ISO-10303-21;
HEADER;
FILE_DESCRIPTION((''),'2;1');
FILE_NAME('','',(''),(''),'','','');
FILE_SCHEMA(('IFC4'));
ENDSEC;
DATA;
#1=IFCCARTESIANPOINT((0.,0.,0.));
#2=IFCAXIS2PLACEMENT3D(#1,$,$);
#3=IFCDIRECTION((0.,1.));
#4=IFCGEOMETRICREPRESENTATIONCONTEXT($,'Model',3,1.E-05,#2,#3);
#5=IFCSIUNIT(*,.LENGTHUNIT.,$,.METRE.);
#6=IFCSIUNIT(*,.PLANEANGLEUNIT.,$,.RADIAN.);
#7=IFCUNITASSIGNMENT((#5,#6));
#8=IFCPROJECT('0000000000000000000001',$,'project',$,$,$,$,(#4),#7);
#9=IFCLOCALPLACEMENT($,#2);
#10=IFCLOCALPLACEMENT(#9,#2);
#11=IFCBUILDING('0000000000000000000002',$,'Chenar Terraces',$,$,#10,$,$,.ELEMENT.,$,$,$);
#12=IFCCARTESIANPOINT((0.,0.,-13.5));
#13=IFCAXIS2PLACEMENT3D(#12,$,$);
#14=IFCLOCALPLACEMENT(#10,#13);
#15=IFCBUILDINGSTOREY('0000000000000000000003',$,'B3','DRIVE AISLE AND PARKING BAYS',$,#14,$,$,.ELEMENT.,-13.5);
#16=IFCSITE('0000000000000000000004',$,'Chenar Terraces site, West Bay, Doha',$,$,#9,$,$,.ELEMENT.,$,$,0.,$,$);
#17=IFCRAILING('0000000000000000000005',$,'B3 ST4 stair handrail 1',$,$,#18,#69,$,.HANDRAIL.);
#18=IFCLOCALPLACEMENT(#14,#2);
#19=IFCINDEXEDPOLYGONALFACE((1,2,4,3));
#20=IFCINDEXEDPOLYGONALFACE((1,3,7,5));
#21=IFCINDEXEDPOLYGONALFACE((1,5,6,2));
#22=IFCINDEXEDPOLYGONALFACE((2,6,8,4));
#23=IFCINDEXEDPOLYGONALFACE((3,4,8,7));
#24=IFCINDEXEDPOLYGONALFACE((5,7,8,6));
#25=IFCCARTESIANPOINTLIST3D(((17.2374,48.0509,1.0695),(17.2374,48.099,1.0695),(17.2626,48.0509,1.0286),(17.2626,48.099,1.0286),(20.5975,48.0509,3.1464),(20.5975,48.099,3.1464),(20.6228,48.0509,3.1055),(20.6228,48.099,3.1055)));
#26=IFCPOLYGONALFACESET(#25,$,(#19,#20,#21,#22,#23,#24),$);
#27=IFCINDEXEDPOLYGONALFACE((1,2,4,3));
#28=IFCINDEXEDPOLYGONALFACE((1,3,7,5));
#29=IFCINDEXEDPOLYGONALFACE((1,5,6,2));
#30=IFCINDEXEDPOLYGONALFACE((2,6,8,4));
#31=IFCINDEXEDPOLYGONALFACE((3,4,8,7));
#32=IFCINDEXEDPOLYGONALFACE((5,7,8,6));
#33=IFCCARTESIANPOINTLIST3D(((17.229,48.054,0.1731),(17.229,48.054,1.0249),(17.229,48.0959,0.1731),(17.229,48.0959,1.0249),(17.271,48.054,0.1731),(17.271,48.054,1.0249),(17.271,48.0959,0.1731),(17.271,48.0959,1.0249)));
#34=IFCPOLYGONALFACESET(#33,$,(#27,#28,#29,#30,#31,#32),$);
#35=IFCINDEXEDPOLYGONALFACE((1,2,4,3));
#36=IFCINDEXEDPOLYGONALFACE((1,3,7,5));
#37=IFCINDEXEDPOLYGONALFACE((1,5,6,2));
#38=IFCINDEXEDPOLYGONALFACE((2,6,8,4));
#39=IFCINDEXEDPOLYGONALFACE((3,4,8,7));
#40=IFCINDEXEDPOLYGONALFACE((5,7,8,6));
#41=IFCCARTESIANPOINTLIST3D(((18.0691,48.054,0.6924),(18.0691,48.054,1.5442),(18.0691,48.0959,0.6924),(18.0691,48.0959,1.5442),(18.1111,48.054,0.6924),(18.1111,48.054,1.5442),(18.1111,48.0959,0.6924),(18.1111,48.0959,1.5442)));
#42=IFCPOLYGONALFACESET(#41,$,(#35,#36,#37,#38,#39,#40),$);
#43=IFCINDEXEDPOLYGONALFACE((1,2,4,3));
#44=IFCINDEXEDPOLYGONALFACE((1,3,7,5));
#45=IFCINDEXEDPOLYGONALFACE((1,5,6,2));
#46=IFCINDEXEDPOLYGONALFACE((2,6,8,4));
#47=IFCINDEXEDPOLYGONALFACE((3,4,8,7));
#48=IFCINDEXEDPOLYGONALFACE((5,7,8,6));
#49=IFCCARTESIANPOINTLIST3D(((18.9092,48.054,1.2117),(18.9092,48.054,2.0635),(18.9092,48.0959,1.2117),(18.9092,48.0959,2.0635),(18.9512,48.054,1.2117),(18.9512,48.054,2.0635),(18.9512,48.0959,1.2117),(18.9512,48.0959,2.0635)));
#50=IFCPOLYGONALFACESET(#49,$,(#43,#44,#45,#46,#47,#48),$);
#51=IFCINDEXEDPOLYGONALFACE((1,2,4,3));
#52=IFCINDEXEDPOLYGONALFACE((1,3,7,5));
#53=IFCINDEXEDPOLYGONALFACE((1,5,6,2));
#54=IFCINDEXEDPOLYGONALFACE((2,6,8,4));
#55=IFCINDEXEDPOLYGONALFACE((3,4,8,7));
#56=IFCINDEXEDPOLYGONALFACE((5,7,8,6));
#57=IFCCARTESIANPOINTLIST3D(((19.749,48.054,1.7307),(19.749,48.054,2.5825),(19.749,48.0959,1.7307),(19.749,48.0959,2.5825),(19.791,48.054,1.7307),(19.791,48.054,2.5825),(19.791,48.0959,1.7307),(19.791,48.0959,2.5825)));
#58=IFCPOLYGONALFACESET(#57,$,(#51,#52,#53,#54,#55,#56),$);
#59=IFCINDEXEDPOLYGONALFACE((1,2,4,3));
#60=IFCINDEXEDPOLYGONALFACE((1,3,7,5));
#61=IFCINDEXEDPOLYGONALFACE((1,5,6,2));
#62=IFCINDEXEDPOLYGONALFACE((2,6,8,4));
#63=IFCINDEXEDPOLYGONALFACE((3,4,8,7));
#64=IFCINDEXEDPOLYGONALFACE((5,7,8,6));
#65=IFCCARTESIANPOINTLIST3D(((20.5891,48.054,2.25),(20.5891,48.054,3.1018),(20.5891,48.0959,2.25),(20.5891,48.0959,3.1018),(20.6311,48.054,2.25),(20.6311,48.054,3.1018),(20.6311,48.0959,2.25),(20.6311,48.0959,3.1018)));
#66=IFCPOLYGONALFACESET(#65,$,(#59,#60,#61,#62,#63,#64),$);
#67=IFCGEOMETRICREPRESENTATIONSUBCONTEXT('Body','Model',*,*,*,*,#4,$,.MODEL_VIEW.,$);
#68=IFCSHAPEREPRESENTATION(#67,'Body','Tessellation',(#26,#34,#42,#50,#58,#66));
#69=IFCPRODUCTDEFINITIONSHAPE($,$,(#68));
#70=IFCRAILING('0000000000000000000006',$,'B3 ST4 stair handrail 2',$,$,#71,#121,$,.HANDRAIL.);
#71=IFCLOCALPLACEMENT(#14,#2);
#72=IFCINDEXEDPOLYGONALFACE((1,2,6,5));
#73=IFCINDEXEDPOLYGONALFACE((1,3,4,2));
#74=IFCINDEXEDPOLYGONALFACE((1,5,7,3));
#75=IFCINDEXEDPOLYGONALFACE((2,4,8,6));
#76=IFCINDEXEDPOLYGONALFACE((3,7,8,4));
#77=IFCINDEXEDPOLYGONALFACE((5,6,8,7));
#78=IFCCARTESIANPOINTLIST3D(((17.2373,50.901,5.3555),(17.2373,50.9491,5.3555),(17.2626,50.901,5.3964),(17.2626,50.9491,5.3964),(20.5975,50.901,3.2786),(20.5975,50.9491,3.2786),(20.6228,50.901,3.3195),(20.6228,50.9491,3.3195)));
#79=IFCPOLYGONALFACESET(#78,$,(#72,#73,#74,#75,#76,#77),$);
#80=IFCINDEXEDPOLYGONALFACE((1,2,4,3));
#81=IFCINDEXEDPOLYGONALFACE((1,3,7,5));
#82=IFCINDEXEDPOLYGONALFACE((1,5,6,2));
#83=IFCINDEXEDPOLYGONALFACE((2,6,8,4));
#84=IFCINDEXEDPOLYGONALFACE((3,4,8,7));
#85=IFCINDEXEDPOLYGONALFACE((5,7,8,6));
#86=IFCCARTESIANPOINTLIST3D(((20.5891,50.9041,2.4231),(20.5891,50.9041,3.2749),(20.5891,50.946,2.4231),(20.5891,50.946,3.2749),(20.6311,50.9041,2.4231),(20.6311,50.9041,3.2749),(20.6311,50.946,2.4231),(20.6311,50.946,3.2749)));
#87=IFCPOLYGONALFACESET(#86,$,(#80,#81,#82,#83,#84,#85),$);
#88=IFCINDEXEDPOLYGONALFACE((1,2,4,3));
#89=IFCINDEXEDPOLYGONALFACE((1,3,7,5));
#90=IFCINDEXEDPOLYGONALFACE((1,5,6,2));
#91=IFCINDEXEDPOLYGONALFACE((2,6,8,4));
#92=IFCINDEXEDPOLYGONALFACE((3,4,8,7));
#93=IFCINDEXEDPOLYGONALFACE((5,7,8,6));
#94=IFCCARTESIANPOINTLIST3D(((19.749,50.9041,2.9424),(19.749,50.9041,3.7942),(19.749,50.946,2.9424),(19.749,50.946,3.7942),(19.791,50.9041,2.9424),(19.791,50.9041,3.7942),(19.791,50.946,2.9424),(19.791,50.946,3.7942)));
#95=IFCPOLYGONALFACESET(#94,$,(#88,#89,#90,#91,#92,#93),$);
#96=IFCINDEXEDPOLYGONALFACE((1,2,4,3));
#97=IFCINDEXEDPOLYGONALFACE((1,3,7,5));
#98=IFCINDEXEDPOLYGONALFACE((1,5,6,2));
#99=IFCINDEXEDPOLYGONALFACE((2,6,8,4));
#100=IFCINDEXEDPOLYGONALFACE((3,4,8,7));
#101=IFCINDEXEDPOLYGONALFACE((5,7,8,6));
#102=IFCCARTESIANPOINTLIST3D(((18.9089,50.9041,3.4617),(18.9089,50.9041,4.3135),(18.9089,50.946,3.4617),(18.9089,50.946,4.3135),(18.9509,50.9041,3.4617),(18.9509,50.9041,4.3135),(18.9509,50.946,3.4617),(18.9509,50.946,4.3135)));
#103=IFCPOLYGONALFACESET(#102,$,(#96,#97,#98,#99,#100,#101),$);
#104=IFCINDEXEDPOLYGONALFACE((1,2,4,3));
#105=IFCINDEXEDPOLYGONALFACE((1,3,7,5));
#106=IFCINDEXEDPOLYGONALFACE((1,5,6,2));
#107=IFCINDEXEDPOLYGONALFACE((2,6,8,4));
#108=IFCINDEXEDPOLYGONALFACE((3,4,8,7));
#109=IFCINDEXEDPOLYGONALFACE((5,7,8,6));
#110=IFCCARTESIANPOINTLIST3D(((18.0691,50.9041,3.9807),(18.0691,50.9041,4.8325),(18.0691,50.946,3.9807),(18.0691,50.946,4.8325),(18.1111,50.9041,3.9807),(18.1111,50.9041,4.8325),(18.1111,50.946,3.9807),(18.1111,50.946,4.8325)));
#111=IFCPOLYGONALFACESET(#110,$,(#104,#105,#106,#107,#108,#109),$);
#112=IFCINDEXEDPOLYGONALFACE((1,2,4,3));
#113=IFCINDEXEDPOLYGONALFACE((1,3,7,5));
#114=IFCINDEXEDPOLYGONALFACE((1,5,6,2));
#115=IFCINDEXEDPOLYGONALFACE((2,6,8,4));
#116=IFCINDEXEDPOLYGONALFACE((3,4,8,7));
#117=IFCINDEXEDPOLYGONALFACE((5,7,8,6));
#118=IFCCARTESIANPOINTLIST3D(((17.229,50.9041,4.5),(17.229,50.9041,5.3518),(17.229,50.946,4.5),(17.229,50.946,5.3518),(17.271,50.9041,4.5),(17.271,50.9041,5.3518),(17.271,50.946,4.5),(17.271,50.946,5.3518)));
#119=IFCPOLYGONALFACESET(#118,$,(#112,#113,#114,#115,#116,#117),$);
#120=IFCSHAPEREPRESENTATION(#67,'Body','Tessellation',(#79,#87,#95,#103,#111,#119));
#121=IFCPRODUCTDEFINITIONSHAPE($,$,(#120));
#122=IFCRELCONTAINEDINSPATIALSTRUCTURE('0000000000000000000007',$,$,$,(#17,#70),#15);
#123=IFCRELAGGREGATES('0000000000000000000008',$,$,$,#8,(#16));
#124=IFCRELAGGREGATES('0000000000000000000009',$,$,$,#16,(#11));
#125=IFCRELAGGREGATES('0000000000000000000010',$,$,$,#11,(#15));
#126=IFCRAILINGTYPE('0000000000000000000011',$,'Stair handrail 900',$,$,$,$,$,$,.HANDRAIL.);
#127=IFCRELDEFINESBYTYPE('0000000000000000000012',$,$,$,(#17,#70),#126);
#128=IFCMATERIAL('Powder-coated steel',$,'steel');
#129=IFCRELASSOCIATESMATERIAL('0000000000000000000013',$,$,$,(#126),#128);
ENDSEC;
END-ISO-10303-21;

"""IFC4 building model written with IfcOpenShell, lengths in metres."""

from ifc_helpers import new_model, si_unit, direction, frame, origin, origin_2d, place, context, subcontext, project, spatial, rectangle, extrude, material, type_object, element, save


model = new_model("IFC4")

# Units and contexts
model_context = context("Model", 3, precision=1e-05, world=origin(), true_north=direction((0.0, 1.0)))
body_context = subcontext(model_context, "Body", "Model", "MODEL_VIEW")
ifc_project = project(units=[si_unit("LENGTHUNIT", "METRE"), si_unit("PLANEANGLEUNIT", "RADIAN")], contexts=[model_context])

# Site, building, storey
site_placement = place(None, origin())
site = spatial("IfcSite", under=ifc_project, at=site_placement, Name="Chenar Terraces site, West Bay, Doha", CompositionType="ELEMENT", RefElevation=0.0)
building_placement = place(site_placement, origin())
building = spatial("IfcBuilding", under=site, at=building_placement, Name="Chenar Terraces", CompositionType="ELEMENT")
storey_placement = place(building_placement, frame((0.0, 0.0, -13.5)))
storey = spatial("IfcBuildingStorey", under=building, at=storey_placement, Name="B3", Description="DRIVE AISLE AND PARKING BAYS", CompositionType="ELEMENT", Elevation=-13.5)

# Railings
ifc_material_1 = material(Name="Powder-coated steel", Category="steel")
railing_type_1 = type_object("IfcRailingType", Name="Stair handrail 900", PredefinedType="HANDRAIL", material=ifc_material_1)
railing_1_placement = place(storey_placement, frame((17.25, 48.075, 0.1731)))
element("IfcRailing", 1, at=railing_1_placement, inside=storey, type_object=railing_type_1, Name="B3 ST4 stair handrail 1", PredefinedType="HANDRAIL", context=body_context, shape_type="SweptSolid", body=[
    extrude(rectangle(XDim=0.0481, YDim=0.0481, at=origin_2d()), frame((0.0, 0.0, 0.876), z_axis=(0.850623, 0.0, 0.525776), x_axis=(0.0, 1.0, 0.0)), (0.0, 0.0, 1.0), 3.9502),
    extrude(rectangle(XDim=0.042, YDim=0.042, at=origin_2d()), origin(), (0.0, 0.0, 1.0), 0.8518),
    extrude(rectangle(XDim=0.042, YDim=0.042, at=origin_2d()), frame((0.8401, 0.0, 0.5193)), (0.0, 0.0, 1.0), 0.8518),
    extrude(rectangle(XDim=0.042, YDim=0.042, at=origin_2d()), frame((1.6802, 0.0, 1.0386)), (0.0, 0.0, 1.0), 0.8518),
    extrude(rectangle(XDim=0.042, YDim=0.042, at=origin_2d()), frame((2.52, 0.0, 1.5576)), (0.0, 0.0, 1.0), 0.8518),
    extrude(rectangle(XDim=0.042, YDim=0.042, at=origin_2d()), frame((3.3601, 0.0, 2.0769)), (0.0, 0.0, 1.0), 0.8518),
])
railing_2_placement = place(storey_placement, frame((20.6101, 50.925, 2.4231)))
element("IfcRailing", 2, at=railing_2_placement, inside=storey, type_object=railing_type_1, Name="B3 ST4 stair handrail 2", PredefinedType="HANDRAIL", context=body_context, shape_type="SweptSolid", body=[
    extrude(rectangle(XDim=0.0481, YDim=0.0481, at=origin_2d()), frame((0.0, 0.0, 0.876), z_axis=(-0.850623, 0.0, 0.525776), x_axis=(0.0, -1.0, 0.0)), (0.0, 0.0, 1.0), 3.9502),
    extrude(rectangle(XDim=0.042, YDim=0.042, at=origin_2d()), origin(), (0.0, 0.0, 1.0), 0.8518),
    extrude(rectangle(XDim=0.042, YDim=0.042, at=origin_2d()), frame((-0.8401, 0.0, 0.5193)), (0.0, 0.0, 1.0), 0.8518),
    extrude(rectangle(XDim=0.042, YDim=0.042, at=origin_2d()), frame((-1.6802, 0.0, 1.0386)), (0.0, 0.0, 1.0), 0.8518),
    extrude(rectangle(XDim=0.042, YDim=0.042, at=origin_2d()), frame((-2.52, 0.0, 1.5576)), (0.0, 0.0, 1.0), 0.8518),
    extrude(rectangle(XDim=0.042, YDim=0.042, at=origin_2d()), frame((-3.3601, 0.0, 2.0769)), (0.0, 0.0, 1.0), 0.8518),
])

save(model, "model.ifc")
